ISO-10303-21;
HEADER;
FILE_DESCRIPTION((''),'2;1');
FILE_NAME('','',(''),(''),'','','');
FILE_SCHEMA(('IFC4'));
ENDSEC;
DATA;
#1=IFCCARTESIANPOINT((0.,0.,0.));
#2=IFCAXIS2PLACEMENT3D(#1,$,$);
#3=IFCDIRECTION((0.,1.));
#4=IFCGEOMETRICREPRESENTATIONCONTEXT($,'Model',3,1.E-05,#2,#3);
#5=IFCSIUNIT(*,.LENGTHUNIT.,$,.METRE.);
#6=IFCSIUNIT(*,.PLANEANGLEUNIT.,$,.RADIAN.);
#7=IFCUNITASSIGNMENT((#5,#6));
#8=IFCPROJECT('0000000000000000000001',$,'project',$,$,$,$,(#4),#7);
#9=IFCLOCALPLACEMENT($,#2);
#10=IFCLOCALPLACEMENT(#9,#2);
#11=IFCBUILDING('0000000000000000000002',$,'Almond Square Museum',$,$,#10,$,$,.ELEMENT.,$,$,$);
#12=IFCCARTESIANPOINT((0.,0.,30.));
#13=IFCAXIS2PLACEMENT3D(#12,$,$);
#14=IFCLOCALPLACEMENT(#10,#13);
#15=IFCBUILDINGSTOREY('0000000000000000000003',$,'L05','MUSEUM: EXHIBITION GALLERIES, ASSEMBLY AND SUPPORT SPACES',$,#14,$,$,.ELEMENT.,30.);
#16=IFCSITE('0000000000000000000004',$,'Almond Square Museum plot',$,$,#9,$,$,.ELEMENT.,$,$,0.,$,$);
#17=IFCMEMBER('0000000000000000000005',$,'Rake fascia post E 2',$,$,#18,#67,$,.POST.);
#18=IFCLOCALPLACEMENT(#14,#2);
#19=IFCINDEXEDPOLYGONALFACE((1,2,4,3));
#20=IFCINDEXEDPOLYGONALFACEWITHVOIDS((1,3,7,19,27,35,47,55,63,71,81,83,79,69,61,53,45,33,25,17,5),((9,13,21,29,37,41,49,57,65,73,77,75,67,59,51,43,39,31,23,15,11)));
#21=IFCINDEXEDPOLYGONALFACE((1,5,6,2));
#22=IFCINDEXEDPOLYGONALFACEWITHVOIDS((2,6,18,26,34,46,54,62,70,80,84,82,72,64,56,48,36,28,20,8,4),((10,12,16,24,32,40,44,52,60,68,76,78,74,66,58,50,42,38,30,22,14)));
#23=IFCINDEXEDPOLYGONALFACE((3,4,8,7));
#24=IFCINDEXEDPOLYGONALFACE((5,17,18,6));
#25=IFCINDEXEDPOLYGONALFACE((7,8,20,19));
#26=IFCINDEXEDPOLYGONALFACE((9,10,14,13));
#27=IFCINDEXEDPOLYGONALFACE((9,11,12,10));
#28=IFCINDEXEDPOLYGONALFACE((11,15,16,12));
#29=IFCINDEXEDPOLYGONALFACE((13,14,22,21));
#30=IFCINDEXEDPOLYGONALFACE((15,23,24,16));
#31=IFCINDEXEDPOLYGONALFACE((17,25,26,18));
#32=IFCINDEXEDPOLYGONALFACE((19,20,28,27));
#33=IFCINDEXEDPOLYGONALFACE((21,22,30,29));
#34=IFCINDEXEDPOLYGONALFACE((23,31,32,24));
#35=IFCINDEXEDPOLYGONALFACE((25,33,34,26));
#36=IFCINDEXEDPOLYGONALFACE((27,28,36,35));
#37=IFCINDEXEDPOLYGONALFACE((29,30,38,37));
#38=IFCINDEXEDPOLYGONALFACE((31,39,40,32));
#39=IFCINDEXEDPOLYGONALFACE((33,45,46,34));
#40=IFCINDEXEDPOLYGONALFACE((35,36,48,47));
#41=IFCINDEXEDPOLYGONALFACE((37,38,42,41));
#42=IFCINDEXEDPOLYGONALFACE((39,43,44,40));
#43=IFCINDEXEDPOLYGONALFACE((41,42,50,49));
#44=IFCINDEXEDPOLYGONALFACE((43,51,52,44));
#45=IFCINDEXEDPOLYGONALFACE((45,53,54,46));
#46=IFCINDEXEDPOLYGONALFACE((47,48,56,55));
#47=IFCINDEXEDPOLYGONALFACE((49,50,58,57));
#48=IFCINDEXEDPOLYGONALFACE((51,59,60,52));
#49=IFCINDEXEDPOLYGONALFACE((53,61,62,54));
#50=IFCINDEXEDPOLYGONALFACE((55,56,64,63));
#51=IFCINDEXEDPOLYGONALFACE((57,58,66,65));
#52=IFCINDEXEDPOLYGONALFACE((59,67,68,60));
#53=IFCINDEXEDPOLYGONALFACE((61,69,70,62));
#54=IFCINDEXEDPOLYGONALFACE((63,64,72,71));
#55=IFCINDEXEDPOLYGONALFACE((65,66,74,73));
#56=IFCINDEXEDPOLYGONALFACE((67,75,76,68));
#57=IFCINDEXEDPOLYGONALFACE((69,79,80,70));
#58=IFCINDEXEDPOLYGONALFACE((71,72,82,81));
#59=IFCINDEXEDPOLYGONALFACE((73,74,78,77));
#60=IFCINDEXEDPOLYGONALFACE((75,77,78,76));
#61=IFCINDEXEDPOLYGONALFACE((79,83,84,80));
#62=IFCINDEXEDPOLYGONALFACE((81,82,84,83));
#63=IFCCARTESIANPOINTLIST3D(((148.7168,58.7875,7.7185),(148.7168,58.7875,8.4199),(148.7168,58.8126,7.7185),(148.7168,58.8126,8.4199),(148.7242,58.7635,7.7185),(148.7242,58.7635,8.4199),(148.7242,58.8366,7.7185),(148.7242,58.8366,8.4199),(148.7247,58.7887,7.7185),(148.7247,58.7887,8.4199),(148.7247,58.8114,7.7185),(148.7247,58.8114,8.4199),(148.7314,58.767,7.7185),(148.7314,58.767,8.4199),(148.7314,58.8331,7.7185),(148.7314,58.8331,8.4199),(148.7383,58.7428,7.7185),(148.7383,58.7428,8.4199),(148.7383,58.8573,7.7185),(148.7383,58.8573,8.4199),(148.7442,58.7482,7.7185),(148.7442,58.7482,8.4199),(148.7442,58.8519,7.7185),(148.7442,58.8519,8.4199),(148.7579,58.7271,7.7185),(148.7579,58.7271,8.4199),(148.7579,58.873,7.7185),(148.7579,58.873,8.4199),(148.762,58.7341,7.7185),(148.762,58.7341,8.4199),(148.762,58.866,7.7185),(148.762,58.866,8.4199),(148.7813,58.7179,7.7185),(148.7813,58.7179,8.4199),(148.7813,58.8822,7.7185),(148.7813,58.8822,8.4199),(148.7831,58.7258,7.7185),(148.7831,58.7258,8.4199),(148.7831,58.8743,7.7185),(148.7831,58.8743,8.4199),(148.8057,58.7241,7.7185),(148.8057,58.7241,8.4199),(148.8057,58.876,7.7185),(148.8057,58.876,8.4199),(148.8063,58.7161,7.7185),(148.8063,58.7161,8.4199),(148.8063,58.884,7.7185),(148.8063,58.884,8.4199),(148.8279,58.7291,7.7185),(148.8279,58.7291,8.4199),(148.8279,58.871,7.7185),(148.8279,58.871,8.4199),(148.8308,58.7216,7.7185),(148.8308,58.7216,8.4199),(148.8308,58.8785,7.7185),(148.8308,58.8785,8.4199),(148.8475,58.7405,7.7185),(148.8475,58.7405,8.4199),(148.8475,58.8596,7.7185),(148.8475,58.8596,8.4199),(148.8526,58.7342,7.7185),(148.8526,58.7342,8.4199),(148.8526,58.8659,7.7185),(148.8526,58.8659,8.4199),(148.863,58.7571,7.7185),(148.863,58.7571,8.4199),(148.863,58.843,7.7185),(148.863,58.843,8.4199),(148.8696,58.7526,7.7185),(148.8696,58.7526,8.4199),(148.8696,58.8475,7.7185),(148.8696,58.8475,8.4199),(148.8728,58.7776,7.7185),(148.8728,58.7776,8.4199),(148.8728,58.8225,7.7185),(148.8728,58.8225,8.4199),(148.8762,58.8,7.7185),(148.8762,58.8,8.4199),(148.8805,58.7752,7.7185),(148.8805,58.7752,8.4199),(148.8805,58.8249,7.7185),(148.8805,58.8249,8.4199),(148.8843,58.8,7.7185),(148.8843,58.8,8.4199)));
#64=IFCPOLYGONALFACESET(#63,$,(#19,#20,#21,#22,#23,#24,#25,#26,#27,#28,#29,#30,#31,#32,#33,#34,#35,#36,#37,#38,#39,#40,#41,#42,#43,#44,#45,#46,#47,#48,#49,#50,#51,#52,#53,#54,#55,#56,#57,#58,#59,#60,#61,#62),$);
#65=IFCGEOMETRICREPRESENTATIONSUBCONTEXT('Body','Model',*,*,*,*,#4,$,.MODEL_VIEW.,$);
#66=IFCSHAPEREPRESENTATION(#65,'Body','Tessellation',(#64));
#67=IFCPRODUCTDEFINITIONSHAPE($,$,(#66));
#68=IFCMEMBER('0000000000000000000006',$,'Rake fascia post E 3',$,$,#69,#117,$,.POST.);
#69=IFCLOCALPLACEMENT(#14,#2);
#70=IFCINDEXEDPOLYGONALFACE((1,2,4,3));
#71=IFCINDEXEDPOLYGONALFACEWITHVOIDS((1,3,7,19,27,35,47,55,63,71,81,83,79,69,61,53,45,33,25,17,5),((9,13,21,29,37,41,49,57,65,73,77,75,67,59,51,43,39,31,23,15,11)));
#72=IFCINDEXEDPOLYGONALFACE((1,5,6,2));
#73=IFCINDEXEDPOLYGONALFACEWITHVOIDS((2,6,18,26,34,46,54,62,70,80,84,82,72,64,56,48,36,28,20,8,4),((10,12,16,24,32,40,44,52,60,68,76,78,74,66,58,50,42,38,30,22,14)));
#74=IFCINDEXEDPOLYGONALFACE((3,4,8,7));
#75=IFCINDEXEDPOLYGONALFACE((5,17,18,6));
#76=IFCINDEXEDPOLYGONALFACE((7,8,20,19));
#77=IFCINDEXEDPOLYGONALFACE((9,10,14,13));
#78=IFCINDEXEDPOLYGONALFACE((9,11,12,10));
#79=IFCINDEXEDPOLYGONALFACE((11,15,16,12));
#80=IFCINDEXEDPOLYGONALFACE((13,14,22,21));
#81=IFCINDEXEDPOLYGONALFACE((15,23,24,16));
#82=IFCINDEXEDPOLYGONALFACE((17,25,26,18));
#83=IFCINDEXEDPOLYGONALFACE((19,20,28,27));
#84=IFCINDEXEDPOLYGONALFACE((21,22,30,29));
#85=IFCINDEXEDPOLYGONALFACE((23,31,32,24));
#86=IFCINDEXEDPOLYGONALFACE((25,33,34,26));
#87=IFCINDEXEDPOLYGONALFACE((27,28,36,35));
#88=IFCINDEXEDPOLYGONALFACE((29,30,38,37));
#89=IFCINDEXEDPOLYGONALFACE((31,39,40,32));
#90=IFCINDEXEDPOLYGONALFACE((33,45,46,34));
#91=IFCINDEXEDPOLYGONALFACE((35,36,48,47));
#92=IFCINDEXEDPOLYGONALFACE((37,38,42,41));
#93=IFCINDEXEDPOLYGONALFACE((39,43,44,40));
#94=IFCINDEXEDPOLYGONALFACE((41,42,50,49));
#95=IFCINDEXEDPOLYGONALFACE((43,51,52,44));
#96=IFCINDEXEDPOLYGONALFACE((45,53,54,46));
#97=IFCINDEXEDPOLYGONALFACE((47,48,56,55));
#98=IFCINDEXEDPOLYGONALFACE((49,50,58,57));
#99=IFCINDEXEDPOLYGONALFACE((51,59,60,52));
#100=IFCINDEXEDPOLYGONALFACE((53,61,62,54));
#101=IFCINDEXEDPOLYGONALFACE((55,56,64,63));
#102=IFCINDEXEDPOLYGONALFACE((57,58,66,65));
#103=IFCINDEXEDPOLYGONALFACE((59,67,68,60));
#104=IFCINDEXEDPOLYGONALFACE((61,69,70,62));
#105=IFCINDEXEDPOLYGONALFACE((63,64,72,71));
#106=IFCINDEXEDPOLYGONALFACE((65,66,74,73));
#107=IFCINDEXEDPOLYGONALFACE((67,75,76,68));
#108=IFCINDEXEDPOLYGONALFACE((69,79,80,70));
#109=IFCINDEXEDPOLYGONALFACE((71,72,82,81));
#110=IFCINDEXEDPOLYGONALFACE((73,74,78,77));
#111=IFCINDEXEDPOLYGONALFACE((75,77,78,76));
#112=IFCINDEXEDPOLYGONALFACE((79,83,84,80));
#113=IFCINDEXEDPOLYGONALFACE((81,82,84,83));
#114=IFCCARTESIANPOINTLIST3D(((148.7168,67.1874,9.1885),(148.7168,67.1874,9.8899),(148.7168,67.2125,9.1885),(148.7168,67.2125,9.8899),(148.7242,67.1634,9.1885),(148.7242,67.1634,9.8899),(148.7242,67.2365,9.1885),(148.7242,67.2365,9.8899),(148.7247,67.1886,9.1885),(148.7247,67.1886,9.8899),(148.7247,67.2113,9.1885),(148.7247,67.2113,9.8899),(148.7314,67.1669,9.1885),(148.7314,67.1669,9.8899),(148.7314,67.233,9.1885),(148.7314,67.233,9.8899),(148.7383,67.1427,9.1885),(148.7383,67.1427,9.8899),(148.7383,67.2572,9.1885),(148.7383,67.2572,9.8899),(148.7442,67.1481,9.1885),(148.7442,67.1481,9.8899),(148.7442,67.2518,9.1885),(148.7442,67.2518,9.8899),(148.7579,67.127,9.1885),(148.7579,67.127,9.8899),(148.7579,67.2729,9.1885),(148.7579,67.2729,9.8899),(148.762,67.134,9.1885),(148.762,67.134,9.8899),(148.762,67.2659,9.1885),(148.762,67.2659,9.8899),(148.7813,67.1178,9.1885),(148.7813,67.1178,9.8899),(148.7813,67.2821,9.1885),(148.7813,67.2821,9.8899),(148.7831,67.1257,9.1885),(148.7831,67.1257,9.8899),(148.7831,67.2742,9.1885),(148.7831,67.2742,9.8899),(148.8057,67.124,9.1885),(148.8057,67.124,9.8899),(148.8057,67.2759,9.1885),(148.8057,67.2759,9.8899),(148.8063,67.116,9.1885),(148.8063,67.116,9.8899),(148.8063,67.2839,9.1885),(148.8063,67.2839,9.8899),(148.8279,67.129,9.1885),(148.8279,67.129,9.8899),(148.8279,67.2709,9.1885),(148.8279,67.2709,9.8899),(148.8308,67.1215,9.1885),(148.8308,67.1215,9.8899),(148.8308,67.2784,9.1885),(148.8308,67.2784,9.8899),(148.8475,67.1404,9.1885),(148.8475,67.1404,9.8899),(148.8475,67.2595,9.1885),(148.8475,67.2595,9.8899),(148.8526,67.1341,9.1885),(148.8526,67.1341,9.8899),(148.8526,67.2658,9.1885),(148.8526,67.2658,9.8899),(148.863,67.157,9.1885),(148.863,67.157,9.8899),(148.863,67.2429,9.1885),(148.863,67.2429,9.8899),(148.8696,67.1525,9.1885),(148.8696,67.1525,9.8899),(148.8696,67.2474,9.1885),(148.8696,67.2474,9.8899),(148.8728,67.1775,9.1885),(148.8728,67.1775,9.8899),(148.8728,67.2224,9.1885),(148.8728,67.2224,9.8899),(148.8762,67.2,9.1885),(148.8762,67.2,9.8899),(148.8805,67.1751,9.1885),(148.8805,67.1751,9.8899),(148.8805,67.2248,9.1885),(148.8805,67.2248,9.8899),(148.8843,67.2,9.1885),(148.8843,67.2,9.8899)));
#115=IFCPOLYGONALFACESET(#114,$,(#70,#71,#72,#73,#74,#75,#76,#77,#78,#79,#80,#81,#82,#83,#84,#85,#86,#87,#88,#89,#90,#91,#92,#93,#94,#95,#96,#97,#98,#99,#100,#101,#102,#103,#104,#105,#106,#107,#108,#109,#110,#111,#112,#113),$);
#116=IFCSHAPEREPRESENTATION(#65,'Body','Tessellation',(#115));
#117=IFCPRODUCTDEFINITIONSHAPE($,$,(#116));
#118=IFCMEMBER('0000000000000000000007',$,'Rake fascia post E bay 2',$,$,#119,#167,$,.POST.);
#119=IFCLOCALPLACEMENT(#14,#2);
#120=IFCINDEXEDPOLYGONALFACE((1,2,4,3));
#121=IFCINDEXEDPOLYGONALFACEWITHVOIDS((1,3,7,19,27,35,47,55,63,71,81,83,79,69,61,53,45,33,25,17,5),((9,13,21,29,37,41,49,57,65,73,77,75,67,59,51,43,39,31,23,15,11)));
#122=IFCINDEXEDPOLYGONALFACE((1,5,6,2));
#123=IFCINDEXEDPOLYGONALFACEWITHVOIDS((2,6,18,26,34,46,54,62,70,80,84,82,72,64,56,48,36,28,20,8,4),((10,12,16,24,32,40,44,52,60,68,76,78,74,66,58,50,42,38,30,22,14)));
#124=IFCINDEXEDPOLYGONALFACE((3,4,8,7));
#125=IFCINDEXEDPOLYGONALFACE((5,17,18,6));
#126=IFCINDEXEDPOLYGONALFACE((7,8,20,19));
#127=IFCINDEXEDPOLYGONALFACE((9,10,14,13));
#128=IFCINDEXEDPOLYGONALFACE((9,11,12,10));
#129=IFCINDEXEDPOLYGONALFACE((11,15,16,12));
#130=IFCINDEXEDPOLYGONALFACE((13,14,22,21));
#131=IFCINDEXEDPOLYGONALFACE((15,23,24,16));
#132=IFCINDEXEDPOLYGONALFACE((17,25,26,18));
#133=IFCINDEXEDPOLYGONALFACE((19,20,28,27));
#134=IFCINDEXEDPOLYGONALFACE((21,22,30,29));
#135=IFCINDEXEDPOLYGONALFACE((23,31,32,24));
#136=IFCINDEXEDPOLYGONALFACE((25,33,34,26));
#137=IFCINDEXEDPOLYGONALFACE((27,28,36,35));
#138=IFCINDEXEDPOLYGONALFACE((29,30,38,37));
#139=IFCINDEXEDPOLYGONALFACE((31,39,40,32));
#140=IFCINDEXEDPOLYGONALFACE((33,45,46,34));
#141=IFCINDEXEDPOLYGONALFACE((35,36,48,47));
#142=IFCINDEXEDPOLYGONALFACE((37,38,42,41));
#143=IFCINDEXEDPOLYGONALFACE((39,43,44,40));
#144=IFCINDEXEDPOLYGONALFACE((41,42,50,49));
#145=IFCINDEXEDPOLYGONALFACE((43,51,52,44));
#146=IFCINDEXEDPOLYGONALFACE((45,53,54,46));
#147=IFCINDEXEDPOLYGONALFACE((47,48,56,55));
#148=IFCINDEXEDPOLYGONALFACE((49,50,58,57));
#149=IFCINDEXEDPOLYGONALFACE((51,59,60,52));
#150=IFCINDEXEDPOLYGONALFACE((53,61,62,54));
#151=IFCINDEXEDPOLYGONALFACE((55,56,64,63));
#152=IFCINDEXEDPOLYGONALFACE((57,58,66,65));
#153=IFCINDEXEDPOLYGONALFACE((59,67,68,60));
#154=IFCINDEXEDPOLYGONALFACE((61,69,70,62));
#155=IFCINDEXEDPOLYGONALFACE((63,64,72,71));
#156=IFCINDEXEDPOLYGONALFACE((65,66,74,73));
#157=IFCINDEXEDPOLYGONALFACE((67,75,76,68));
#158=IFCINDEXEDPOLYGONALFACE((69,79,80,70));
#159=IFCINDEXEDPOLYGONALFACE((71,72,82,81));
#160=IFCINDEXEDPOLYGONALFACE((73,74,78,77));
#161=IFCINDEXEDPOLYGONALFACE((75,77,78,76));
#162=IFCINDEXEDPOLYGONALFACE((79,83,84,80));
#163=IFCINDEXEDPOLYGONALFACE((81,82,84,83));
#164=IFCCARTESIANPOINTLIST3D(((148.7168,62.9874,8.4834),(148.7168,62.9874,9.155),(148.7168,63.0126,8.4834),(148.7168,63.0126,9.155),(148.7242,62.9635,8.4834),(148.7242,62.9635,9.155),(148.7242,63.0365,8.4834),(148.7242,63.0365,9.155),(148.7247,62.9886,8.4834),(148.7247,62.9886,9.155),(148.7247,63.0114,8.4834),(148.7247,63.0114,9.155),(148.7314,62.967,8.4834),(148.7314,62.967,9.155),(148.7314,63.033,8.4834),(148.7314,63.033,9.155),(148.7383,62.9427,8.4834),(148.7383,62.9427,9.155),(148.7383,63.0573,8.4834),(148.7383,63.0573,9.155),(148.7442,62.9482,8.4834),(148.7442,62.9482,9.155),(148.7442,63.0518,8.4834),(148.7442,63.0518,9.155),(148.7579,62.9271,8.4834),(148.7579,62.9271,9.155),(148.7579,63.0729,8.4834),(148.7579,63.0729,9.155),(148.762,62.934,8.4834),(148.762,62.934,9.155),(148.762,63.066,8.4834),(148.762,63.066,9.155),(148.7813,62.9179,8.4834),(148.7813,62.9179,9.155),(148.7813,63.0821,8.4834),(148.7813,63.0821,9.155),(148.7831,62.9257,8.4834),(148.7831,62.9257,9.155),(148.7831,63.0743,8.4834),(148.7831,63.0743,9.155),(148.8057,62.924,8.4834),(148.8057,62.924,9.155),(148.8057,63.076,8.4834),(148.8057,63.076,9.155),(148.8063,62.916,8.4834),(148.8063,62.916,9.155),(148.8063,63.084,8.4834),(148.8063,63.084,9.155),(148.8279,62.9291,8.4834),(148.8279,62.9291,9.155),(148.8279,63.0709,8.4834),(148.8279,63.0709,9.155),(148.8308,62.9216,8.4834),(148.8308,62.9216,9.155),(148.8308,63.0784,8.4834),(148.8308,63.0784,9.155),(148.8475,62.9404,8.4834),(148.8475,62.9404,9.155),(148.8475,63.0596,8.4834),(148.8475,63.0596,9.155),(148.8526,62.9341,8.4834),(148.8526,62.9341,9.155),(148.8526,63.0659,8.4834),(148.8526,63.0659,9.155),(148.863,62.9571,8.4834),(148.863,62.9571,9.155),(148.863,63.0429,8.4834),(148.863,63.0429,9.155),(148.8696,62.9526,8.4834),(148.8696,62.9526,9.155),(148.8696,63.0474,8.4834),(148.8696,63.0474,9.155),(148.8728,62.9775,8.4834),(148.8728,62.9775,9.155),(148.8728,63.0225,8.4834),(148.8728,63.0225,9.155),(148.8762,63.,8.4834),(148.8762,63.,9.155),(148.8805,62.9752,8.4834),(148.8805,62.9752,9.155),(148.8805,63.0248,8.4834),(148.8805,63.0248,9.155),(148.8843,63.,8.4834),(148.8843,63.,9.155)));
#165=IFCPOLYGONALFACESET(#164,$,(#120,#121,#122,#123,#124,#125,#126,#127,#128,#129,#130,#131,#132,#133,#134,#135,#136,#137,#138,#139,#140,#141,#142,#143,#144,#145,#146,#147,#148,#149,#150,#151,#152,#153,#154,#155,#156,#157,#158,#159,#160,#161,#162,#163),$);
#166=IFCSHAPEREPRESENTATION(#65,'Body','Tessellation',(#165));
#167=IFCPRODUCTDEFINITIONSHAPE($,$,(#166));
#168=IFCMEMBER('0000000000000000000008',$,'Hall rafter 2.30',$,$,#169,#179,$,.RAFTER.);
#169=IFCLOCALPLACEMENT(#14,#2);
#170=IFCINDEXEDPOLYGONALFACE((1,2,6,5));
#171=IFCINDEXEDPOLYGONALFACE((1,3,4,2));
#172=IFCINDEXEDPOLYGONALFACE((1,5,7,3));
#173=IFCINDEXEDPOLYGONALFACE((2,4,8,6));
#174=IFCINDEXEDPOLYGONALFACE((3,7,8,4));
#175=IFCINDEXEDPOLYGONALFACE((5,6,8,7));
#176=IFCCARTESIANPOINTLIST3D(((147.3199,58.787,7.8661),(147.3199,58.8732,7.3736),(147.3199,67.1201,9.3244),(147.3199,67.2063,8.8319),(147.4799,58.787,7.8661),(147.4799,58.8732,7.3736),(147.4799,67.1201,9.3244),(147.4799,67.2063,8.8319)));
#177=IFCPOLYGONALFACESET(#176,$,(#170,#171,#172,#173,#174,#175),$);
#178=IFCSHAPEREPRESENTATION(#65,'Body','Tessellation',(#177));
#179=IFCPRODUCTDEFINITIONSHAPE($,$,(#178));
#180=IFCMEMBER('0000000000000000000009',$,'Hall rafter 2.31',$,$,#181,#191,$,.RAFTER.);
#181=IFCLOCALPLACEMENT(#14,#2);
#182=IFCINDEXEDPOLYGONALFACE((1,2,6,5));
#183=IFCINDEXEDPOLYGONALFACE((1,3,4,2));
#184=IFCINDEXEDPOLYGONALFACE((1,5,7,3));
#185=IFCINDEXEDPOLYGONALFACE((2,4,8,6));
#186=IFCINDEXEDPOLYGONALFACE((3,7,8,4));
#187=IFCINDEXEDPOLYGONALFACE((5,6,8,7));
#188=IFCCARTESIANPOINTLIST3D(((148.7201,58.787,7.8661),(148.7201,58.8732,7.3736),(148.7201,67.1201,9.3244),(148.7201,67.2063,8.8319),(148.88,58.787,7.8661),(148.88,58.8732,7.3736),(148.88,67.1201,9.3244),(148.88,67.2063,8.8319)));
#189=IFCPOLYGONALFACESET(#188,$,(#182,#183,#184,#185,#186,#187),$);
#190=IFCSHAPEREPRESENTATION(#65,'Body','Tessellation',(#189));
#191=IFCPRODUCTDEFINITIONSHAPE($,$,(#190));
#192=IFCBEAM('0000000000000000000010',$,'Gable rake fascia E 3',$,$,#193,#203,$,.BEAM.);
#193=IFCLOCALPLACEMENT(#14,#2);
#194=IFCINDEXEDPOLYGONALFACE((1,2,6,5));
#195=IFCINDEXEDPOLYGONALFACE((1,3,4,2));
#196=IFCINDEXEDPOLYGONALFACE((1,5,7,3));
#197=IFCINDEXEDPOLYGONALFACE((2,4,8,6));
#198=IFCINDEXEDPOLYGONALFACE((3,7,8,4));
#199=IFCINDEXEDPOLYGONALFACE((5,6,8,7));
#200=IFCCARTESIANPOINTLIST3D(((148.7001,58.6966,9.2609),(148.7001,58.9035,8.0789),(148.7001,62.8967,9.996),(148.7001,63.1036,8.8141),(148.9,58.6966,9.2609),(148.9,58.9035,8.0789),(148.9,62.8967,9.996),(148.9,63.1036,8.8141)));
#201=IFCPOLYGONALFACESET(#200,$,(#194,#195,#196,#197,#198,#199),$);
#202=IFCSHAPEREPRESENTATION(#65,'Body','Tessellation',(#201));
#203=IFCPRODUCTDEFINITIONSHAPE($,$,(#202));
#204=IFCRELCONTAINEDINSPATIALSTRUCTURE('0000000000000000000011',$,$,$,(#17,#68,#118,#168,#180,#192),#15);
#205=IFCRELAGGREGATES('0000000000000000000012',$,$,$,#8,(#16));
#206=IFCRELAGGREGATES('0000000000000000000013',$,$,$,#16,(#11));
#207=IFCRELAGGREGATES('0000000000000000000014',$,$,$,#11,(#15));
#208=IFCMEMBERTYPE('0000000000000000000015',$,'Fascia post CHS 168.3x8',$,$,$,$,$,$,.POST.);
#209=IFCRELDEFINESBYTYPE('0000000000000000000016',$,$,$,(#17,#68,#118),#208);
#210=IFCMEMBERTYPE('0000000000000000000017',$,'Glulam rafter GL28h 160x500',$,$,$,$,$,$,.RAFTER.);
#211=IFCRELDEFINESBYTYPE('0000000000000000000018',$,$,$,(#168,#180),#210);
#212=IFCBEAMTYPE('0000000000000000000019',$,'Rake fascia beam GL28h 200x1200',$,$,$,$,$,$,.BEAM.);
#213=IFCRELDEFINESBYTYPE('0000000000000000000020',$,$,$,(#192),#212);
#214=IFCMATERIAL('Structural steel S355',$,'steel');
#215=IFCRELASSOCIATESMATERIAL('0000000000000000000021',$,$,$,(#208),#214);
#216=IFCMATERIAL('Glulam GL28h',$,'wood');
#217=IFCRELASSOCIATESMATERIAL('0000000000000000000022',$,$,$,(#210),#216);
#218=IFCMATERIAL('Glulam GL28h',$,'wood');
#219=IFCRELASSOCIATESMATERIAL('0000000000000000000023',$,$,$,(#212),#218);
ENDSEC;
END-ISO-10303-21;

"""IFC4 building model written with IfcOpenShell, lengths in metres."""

from ifc_helpers import new_model, si_unit, direction, frame, origin, origin_2d, place, context, subcontext, project, spatial, rectangle, hollow_circle, extrude, material, material_profile, profile_set, type_object, element, save


model = new_model("IFC4")

# Units and contexts
model_context = context("Model", 3, precision=1e-05, world=origin(), true_north=direction((0.0, 1.0)))
body_context = subcontext(model_context, "Body", "Model", "MODEL_VIEW")
ifc_project = project(units=[si_unit("LENGTHUNIT", "METRE"), si_unit("PLANEANGLEUNIT", "RADIAN")], contexts=[model_context])

# Site, building, storey
site_placement = place(None, origin())
site = spatial("IfcSite", under=ifc_project, at=site_placement, Name="Almond Square Museum plot", CompositionType="ELEMENT", RefElevation=0.0)
building_placement = place(site_placement, origin())
building = spatial("IfcBuilding", under=site, at=building_placement, Name="Almond Square Museum", CompositionType="ELEMENT")
storey_placement = place(building_placement, frame((0.0, 0.0, 30.0)))
storey = spatial("IfcBuildingStorey", under=building, at=storey_placement, Name="L05", Description="MUSEUM: EXHIBITION GALLERIES, ASSEMBLY AND SUPPORT SPACES", CompositionType="ELEMENT", Elevation=30.0)

# Members
ifc_material_1 = material(Name="Structural steel S355", Category="steel")
ifc_material_profile_1 = material_profile(ifc_material_1, hollow_circle(Radius=0.0842, WallThickness=0.0081, at=origin_2d()))
ifc_profile_set_1 = profile_set([ifc_material_profile_1], Name="Structural steel S355")
member_type_1 = type_object("IfcMemberType", Name="Fascia post CHS 168.3x8", PredefinedType="POST", material=ifc_profile_set_1)
for number, where, z_axis, x_axis, name in (
    (1, (148.8, 58.8, 7.7185), (0.0, 0.0, 1.0), (1.0, 0.0, 0.0), "Rake fascia post E 2"),
    (2, (148.8, 67.2, 9.1885), (0.0, 0.0, 1.0), (1.0, 0.0, 0.0), "Rake fascia post E 3"),
):
    element("IfcMember", number, at=place(storey_placement, frame(where, z_axis=z_axis, x_axis=x_axis)), inside=storey, type_object=member_type_1, Name=name, PredefinedType="POST", context=body_context, shape_type="SweptSolid", body=[
        extrude(hollow_circle(Radius=0.0842, WallThickness=0.0081, at=origin_2d()), origin(), (0.0, 0.0, 1.0), 0.7014),
    ])
member_1_placement = place(storey_placement, frame((148.8, 63.0, 8.4834), z_axis=(0.0, 0.0, 1.0), x_axis=(1.0, 0.0, 0.0)))
element("IfcMember", 3, at=member_1_placement, inside=storey, type_object=member_type_1, Name="Rake fascia post E bay 2", PredefinedType="POST", context=body_context, shape_type="SweptSolid", body=[
    extrude(hollow_circle(Radius=0.0842, WallThickness=0.0081, at=origin_2d()), origin(), (0.0, 0.0, 1.0), 0.6716),
])
ifc_material_2 = material(Name="Glulam GL28h", Category="wood")
ifc_material_profile_2 = material_profile(ifc_material_2, rectangle(XDim=0.1599, YDim=0.5, at=origin_2d()))
ifc_profile_set_2 = profile_set([ifc_material_profile_2], Name="Glulam GL28h")
member_type_2 = type_object("IfcMemberType", Name="Glulam rafter GL28h 160x500", PredefinedType="RAFTER", material=ifc_profile_set_2)
for number, where, z_axis, x_axis, name in (
    (4, (147.3999, 58.8301, 7.6199), (0.0, 0.985031, 0.172378), (-1.0, 0.0, 0.0), "Hall rafter 2.30"),
    (5, (148.8, 58.8301, 7.6199), (0.0, 0.985031, 0.172378), (-1.0, 0.0, 0.0), "Hall rafter 2.31"),
):
    element("IfcMember", number, at=place(storey_placement, frame(where, z_axis=z_axis, x_axis=x_axis)), inside=storey, type_object=member_type_2, Name=name, PredefinedType="RAFTER", context=body_context, shape_type="SweptSolid", body=[
        extrude(rectangle(XDim=0.1599, YDim=0.5, at=origin_2d()), origin(), (0.0, 0.0, 1.0), 8.4597),
    ])

# Beam
ifc_material_3 = material(Name="Glulam GL28h", Category="wood")
ifc_material_profile_3 = material_profile(ifc_material_3, rectangle(XDim=0.2, YDim=1.2, at=origin_2d()))
ifc_profile_set_3 = profile_set([ifc_material_profile_3], Name="Glulam GL28h")
beam_type = type_object("IfcBeamType", Name="Rake fascia beam GL28h 200x1200", PredefinedType="BEAM", material=ifc_profile_set_3)
beam_1_placement = place(storey_placement, frame((148.8, 58.8, 8.6699), z_axis=(0.0, 0.985026, 0.172407), x_axis=(-1.0, 0.0, 0.0)))
element("IfcBeam", 6, at=beam_1_placement, inside=storey, type_object=beam_type, Name="Gable rake fascia E 3", PredefinedType="BEAM", context=body_context, shape_type="SweptSolid", body=[
    extrude(rectangle(XDim=0.2, YDim=1.2, at=origin_2d()), origin(), (0.0, 0.0, 1.0), 4.2639),
])

save(model, "model.ifc")
